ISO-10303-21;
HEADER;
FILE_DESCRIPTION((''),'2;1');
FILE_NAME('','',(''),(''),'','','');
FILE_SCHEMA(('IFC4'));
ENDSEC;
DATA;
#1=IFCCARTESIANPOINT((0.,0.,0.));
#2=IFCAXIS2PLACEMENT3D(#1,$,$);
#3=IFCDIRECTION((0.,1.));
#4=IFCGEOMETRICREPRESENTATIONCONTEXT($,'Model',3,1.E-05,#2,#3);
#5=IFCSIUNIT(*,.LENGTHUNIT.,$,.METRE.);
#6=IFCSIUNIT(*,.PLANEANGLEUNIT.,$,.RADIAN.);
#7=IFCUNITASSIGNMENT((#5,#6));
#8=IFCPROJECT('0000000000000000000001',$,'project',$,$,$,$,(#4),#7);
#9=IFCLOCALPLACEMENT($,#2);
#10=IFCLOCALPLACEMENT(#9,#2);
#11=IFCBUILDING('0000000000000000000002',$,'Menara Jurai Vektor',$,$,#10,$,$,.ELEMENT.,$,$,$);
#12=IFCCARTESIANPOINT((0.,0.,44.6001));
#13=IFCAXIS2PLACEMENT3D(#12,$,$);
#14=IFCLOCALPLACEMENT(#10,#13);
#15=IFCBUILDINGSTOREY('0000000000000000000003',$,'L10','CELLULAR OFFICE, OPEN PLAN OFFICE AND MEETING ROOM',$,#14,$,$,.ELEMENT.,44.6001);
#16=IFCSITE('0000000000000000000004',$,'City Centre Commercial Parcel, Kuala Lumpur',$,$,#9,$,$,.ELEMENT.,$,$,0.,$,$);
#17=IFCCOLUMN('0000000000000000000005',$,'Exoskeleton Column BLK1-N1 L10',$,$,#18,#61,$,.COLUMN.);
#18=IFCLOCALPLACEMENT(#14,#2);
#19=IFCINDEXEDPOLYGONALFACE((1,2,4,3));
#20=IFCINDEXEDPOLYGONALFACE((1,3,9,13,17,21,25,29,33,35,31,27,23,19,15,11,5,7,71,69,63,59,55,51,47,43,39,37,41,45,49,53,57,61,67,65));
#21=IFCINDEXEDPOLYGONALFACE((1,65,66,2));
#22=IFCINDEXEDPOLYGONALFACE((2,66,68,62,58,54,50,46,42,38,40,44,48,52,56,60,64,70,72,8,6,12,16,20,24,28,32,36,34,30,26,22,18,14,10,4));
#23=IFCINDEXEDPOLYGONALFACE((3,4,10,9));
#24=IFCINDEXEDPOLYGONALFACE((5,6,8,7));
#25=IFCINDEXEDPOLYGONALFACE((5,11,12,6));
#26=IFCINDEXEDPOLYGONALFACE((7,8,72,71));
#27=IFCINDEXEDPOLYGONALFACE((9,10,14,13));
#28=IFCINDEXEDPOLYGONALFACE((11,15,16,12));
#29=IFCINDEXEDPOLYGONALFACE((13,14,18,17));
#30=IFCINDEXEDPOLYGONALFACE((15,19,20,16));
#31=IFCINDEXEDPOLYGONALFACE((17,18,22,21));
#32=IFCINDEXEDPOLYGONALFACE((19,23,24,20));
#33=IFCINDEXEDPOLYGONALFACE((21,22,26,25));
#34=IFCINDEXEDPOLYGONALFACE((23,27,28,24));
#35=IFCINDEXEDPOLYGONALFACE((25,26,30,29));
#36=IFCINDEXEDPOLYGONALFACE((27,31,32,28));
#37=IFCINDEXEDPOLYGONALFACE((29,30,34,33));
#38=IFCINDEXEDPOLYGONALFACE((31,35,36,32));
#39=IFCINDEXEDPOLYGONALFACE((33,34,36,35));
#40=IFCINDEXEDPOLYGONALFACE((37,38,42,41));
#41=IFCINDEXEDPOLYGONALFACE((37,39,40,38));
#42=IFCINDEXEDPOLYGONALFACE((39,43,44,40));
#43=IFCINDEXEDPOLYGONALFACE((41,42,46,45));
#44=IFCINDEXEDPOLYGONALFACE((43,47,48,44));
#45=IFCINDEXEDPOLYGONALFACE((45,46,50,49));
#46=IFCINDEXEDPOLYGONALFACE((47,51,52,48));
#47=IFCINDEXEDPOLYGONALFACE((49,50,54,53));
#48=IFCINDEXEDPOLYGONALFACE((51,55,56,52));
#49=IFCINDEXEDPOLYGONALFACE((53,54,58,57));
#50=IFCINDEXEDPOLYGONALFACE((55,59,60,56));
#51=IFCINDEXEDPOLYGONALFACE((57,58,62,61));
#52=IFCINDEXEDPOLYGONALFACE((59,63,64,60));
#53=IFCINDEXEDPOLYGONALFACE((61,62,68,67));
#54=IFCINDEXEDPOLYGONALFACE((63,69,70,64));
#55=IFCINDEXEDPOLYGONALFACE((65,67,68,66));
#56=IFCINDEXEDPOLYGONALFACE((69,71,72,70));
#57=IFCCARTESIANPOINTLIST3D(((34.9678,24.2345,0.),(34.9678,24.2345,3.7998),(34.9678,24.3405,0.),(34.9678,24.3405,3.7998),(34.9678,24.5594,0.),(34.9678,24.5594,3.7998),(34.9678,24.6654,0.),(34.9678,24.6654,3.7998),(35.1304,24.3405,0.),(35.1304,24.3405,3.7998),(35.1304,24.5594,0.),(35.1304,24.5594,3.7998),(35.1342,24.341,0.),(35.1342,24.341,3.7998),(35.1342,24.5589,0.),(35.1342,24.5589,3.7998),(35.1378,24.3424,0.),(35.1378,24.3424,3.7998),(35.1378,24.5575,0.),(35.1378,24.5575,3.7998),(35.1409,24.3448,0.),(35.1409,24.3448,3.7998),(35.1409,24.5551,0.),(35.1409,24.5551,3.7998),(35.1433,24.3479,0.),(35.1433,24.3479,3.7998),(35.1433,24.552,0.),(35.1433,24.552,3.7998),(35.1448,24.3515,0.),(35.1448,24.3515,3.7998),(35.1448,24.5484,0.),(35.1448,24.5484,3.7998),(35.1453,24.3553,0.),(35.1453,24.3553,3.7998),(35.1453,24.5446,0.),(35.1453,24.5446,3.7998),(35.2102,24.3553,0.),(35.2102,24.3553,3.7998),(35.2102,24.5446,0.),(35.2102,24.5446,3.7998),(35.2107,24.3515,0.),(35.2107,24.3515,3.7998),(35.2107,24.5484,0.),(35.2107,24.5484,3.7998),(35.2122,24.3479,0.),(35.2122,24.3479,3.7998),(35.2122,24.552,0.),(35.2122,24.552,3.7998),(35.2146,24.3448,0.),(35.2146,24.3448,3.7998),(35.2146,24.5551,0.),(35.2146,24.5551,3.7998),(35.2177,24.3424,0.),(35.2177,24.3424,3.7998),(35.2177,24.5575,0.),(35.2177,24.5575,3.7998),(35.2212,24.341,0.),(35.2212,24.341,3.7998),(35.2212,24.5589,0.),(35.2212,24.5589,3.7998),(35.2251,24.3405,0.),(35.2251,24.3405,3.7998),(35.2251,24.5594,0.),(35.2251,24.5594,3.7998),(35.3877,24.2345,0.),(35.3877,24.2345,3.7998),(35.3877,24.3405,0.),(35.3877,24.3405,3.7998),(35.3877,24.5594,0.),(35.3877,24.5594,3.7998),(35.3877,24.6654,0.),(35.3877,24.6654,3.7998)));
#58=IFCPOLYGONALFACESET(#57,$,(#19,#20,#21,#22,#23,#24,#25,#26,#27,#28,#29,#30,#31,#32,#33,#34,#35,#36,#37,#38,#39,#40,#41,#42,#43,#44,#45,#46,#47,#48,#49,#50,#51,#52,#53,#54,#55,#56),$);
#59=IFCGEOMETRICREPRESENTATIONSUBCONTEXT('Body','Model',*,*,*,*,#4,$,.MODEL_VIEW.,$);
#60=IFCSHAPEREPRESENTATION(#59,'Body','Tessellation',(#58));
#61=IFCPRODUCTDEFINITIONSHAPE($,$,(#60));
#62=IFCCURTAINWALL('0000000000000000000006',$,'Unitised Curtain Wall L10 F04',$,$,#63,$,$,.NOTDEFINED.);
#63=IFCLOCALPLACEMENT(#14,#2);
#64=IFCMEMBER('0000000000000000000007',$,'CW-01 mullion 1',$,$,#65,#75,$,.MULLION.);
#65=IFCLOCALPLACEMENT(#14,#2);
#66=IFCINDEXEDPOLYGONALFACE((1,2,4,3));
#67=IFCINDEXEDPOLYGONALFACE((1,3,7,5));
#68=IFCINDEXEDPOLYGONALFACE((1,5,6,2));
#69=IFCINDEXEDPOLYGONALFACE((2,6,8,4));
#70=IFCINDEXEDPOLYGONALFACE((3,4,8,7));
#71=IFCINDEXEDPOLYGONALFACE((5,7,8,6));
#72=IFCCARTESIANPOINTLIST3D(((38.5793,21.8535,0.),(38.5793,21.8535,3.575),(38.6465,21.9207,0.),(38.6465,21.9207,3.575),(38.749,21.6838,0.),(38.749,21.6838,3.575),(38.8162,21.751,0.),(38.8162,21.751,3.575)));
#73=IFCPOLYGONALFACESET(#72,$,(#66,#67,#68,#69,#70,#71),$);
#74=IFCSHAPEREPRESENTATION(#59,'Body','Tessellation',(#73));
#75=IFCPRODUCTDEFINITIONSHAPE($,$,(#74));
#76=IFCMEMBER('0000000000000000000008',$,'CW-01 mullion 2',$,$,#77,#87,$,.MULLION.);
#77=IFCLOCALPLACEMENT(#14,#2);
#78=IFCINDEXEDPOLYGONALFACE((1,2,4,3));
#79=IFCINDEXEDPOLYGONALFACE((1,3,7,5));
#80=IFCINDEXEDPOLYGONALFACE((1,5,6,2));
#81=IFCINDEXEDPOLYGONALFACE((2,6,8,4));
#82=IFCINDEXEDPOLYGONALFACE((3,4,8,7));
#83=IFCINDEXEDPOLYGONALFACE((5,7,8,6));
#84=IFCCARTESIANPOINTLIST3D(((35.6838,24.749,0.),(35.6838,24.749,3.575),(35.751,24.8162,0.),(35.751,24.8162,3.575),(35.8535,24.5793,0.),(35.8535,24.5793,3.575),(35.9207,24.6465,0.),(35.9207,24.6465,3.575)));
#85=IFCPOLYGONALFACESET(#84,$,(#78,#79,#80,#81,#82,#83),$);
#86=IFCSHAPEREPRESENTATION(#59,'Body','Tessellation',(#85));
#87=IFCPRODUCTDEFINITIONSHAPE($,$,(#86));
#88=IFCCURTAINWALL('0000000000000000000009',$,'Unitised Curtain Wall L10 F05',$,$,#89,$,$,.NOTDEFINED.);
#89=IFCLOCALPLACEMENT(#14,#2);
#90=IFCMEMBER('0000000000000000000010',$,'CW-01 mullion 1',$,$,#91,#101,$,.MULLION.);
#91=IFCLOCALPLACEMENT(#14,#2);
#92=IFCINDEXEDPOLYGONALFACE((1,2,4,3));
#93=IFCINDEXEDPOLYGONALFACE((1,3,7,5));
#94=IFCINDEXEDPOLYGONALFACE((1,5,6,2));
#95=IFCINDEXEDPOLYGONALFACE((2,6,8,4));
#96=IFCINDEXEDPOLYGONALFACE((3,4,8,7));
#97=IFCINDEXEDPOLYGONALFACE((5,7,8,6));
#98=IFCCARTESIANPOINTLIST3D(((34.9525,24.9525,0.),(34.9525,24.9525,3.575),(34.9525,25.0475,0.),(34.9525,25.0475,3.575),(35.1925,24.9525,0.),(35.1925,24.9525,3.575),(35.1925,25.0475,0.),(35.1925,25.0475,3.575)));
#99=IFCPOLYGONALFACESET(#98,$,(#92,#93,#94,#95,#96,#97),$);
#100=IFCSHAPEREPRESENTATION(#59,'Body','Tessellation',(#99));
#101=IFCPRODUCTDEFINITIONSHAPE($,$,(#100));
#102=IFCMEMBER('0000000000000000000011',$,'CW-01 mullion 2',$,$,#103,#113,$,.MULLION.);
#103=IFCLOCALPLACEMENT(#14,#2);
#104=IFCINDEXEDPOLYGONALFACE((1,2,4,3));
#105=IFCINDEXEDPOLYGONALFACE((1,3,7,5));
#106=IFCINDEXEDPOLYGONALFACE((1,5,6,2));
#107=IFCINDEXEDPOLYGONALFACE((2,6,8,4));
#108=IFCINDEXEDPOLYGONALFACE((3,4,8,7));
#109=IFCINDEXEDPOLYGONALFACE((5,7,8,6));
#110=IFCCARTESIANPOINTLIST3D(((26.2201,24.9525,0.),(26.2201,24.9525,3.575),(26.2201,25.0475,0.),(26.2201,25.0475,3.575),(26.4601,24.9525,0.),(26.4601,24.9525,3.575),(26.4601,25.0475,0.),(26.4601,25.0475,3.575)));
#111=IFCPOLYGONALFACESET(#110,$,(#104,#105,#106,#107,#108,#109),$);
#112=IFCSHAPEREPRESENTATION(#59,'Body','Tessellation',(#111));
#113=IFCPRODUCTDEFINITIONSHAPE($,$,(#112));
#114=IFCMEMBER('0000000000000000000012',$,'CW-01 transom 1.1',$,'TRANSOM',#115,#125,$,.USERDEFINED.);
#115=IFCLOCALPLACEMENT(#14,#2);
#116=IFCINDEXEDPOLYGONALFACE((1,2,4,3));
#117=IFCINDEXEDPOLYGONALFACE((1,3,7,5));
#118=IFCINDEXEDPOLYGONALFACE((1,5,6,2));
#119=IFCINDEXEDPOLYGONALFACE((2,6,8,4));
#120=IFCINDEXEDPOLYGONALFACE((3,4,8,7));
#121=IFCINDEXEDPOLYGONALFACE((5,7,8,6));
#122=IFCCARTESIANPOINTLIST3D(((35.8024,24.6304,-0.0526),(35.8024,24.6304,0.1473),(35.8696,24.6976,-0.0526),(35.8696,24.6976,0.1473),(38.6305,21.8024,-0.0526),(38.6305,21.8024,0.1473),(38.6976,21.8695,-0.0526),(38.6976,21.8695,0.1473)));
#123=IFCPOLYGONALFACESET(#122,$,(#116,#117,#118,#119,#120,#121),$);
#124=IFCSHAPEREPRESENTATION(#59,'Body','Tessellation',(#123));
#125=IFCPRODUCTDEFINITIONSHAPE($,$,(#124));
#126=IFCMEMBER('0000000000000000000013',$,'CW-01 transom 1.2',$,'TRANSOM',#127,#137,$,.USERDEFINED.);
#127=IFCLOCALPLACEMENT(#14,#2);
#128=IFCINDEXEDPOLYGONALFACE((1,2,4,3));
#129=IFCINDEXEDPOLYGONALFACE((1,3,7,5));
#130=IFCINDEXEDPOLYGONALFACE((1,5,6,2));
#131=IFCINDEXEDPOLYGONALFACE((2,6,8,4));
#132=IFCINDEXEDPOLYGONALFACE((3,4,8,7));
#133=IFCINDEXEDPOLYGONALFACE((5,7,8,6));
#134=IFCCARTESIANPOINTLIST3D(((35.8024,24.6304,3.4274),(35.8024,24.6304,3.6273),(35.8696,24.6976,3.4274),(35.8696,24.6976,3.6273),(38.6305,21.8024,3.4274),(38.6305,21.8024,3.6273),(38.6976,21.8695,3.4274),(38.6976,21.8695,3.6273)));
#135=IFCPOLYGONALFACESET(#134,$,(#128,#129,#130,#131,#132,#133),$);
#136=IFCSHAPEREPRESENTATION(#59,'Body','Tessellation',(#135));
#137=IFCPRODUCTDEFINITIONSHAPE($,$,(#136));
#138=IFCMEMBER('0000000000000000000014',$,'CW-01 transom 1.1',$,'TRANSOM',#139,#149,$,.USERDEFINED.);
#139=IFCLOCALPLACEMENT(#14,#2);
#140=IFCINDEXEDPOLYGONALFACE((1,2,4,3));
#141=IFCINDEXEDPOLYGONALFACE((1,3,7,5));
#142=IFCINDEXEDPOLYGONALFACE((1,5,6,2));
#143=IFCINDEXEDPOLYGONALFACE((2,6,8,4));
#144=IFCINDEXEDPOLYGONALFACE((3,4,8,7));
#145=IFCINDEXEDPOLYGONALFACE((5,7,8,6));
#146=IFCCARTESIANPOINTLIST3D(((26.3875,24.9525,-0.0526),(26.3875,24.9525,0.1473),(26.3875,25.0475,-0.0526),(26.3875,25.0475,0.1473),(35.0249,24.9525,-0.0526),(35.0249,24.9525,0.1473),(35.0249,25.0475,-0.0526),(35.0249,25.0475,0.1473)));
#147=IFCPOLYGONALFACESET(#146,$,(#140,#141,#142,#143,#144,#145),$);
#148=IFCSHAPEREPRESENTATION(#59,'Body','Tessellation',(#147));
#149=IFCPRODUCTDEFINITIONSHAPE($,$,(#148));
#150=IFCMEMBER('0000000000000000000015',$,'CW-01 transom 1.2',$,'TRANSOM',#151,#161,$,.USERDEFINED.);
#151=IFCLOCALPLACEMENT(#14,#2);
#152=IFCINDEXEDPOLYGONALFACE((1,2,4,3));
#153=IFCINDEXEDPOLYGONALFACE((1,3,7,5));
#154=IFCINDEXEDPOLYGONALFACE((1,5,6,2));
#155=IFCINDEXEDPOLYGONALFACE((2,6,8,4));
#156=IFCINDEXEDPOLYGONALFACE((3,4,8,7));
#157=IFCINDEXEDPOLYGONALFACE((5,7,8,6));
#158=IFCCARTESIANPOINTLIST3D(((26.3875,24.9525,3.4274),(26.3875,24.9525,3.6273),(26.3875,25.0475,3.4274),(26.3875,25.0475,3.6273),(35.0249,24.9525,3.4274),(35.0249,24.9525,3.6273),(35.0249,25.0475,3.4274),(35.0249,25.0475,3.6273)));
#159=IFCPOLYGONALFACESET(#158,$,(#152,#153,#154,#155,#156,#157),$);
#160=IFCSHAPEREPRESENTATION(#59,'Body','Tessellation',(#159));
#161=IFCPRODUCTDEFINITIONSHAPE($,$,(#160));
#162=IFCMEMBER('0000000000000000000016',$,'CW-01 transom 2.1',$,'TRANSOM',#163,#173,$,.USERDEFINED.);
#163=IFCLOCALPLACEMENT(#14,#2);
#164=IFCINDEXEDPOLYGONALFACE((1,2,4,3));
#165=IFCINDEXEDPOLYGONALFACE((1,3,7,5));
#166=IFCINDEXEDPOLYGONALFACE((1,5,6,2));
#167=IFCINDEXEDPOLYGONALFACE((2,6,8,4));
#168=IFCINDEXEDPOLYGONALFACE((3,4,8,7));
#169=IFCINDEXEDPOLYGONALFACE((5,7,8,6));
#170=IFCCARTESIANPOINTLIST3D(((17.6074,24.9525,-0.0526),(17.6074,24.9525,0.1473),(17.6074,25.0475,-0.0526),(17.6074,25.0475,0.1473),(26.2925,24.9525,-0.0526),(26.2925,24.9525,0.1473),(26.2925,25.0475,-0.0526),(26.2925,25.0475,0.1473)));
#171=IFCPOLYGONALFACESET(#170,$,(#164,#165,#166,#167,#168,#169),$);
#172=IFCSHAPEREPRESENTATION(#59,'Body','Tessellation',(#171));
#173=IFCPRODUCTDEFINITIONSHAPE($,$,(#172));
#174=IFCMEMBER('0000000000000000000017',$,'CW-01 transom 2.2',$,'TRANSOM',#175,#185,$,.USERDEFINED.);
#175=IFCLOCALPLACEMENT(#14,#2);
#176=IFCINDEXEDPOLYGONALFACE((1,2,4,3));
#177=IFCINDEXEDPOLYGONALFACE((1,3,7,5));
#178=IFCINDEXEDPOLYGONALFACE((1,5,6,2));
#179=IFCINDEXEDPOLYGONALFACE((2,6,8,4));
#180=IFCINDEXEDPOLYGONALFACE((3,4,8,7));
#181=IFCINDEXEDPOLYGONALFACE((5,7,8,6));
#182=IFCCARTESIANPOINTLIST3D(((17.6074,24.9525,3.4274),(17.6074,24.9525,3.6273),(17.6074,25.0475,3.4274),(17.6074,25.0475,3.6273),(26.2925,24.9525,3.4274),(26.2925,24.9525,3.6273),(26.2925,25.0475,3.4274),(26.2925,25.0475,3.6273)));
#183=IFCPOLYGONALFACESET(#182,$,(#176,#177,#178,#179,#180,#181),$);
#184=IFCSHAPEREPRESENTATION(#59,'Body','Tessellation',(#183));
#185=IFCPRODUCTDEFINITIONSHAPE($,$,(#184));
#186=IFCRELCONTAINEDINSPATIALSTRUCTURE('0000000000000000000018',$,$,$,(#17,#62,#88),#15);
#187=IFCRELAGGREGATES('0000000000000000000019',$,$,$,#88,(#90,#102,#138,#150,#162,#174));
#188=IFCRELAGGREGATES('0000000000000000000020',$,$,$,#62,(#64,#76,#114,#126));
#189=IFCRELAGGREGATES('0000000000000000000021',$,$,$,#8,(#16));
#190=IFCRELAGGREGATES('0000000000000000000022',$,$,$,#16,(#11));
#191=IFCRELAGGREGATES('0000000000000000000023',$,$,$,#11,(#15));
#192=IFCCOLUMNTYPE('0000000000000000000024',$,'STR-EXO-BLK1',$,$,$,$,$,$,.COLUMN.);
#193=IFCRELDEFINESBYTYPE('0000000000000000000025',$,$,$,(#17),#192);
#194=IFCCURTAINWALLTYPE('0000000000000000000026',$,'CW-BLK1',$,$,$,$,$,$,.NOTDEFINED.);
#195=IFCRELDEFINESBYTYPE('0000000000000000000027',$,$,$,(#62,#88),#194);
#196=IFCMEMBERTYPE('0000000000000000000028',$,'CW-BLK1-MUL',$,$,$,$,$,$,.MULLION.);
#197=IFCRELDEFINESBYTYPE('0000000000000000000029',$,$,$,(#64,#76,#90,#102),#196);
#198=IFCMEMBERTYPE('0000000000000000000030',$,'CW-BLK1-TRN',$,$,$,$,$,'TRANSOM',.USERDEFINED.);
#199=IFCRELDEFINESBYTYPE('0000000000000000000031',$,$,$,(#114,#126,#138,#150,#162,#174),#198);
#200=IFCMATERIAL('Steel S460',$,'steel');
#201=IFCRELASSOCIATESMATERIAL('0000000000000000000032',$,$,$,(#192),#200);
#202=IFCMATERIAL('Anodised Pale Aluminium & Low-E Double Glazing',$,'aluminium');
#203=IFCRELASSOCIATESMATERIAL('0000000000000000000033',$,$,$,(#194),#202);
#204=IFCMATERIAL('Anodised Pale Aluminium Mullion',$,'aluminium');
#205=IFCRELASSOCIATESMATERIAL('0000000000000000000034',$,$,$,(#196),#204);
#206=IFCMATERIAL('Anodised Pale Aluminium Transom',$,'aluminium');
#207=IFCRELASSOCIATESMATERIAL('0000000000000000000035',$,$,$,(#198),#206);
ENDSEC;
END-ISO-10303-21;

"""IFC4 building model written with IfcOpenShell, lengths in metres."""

from ifc_helpers import new_model, si_unit, direction, frame, origin, origin_2d, place, context, subcontext, project, spatial, rectangle, i_section, extrude, material, material_profile, profile_set, type_object, element, aggregate, save


model = new_model("IFC4")

# Units and contexts
model_context = context("Model", 3, precision=1e-05, world=origin(), true_north=direction((0.0, 1.0)))
body_context = subcontext(model_context, "Body", "Model", "MODEL_VIEW")
ifc_project = project(units=[si_unit("LENGTHUNIT", "METRE"), si_unit("PLANEANGLEUNIT", "RADIAN")], contexts=[model_context])

# Site, building, storey
site_placement = place(None, origin())
site = spatial("IfcSite", under=ifc_project, at=site_placement, Name="City Centre Commercial Parcel, Kuala Lumpur", CompositionType="ELEMENT", RefElevation=0.0)
building_placement = place(site_placement, origin())
building = spatial("IfcBuilding", under=site, at=building_placement, Name="Menara Jurai Vektor", CompositionType="ELEMENT")
storey_placement = place(building_placement, frame((0.0, 0.0, 44.6001)))
storey = spatial("IfcBuildingStorey", under=building, at=storey_placement, Name="L10", Description="CELLULAR OFFICE, OPEN PLAN OFFICE AND MEETING ROOM", CompositionType="ELEMENT", Elevation=44.6001)

# Column
ifc_material_1 = material(Name="Steel S460", Category="steel")
ifc_material_profile_1 = material_profile(ifc_material_1, i_section(OverallWidth=0.4199, OverallDepth=0.4309, WebThickness=0.0649, FlangeThickness=0.106, FilletRadius=0.0149, at=origin_2d()), Name="HD 400x900")
ifc_profile_set_1 = profile_set([ifc_material_profile_1], Name="Steel S460")
column_type = type_object("IfcColumnType", Name="STR-EXO-BLK1", PredefinedType="COLUMN", material=ifc_profile_set_1)
column_placement = place(storey_placement, frame((35.1777, 24.45, 0.0), z_axis=(0.0, 0.0, 1.0), x_axis=(1.0, 0.0, 0.0)))
element("IfcColumn", 1, at=column_placement, inside=storey, type_object=column_type, Name="Exoskeleton Column BLK1-N1 L10", PredefinedType="COLUMN", context=body_context, shape_type="SweptSolid", body=[
    extrude(i_section(OverallWidth=0.4199, OverallDepth=0.4309, WebThickness=0.0649, FlangeThickness=0.106, FilletRadius=0.0149, at=origin_2d()), origin(), (0.0, 0.0, 1.0), 3.7998),
])

# Curtain walls, members
ifc_material_2 = material(Name="Anodised Pale Aluminium & Low-E Double Glazing", Category="aluminium")
curtain_wall_type = type_object("IfcCurtainWallType", Name="CW-BLK1", PredefinedType="NOTDEFINED", material=ifc_material_2)
curtain_wall_1_placement = place(storey_placement, origin())
curtain_wall_1 = element("IfcCurtainWall", 2, at=curtain_wall_1_placement, inside=storey, type_object=curtain_wall_type, Name="Unitised Curtain Wall L10 F04", PredefinedType="NOTDEFINED")
ifc_material_3 = material(Name="Anodised Pale Aluminium Mullion", Category="aluminium")
ifc_material_profile_2 = material_profile(ifc_material_3, rectangle(XDim=0.095, YDim=0.24, at=origin_2d()), Name="ALU MUL 95x240")
ifc_profile_set_2 = profile_set([ifc_material_profile_2], Name="Anodised Pale Aluminium Mullion")
member_type_1 = type_object("IfcMemberType", Name="CW-BLK1-MUL", PredefinedType="MULLION", material=ifc_profile_set_2)
member_1_placement = place(storey_placement, frame((38.6978, 21.8022, 0.0), z_axis=(0.0, 0.0, 1.0), x_axis=(-0.707107, -0.707107, 0.0)))
member_1 = element("IfcMember", 3, at=member_1_placement, type_object=member_type_1, Name="CW-01 mullion 1", PredefinedType="MULLION", context=body_context, shape_type="SweptSolid", body=[
    extrude(rectangle(XDim=0.095, YDim=0.24, at=origin_2d()), origin(), (0.0, 0.0, 1.0), 3.575),
])
member_2_placement = place(storey_placement, frame((35.8022, 24.6978, 0.0), z_axis=(0.0, 0.0, 1.0), x_axis=(-0.707107, -0.707107, 0.0)))
member_2 = element("IfcMember", 4, at=member_2_placement, type_object=member_type_1, Name="CW-01 mullion 2", PredefinedType="MULLION", context=body_context, shape_type="SweptSolid", body=[
    extrude(rectangle(XDim=0.095, YDim=0.24, at=origin_2d()), origin(), (0.0, 0.0, 1.0), 3.575),
])
curtain_wall_2_placement = place(storey_placement, origin())
curtain_wall_2 = element("IfcCurtainWall", 5, at=curtain_wall_2_placement, inside=storey, type_object=curtain_wall_type, Name="Unitised Curtain Wall L10 F05", PredefinedType="NOTDEFINED")
member_3_placement = place(storey_placement, frame((35.0725, 25.0, 0.0), z_axis=(0.0, 0.0, 1.0), x_axis=(0.0, -1.0, 0.0)))
member_3 = element("IfcMember", 6, at=member_3_placement, type_object=member_type_1, Name="CW-01 mullion 1", PredefinedType="MULLION", context=body_context, shape_type="SweptSolid", body=[
    extrude(rectangle(XDim=0.095, YDim=0.24, at=origin_2d()), origin(), (0.0, 0.0, 1.0), 3.575),
])
member_4_placement = place(storey_placement, frame((26.3401, 25.0, 0.0), z_axis=(0.0, 0.0, 1.0), x_axis=(0.0, -1.0, 0.0)))
member_4 = element("IfcMember", 7, at=member_4_placement, type_object=member_type_1, Name="CW-01 mullion 2", PredefinedType="MULLION", context=body_context, shape_type="SweptSolid", body=[
    extrude(rectangle(XDim=0.095, YDim=0.24, at=origin_2d()), origin(), (0.0, 0.0, 1.0), 3.575),
])

# Members
ifc_material_4 = material(Name="Anodised Pale Aluminium Transom", Category="aluminium")
ifc_material_profile_3 = material_profile(ifc_material_4, rectangle(XDim=0.095, YDim=0.2, at=origin_2d()), Name="ALU TRN 95x200")
ifc_profile_set_3 = profile_set([ifc_material_profile_3], Name="Anodised Pale Aluminium Transom")
member_type_2 = type_object("IfcMemberType", Name="CW-BLK1-TRN", ElementType="TRANSOM", PredefinedType="USERDEFINED", material=ifc_profile_set_3)
member_5_placement = place(storey_placement, frame((38.6641, 21.8359, 0.0474), z_axis=(-0.707107, 0.707107, 0.0), x_axis=(-0.707107, -0.707107, 0.0)))
member_5 = element("IfcMember", 8, at=member_5_placement, type_object=member_type_2, Name="CW-01 transom 1.1", ObjectType="TRANSOM", PredefinedType="USERDEFINED", context=body_context, shape_type="SweptSolid", body=[
    extrude(rectangle(XDim=0.095, YDim=0.2, at=origin_2d()), origin(), (0.0, 0.0, 1.0), 3.9995),
])
member_6_placement = place(storey_placement, frame((38.6641, 21.8359, 3.5273), z_axis=(-0.707107, 0.707107, 0.0), x_axis=(-0.707107, -0.707107, 0.0)))
member_6 = element("IfcMember", 9, at=member_6_placement, type_object=member_type_2, Name="CW-01 transom 1.2", ObjectType="TRANSOM", PredefinedType="USERDEFINED", context=body_context, shape_type="SweptSolid", body=[
    extrude(rectangle(XDim=0.095, YDim=0.2, at=origin_2d()), origin(), (0.0, 0.0, 1.0), 3.9995),
])
member_7_placement = place(storey_placement, frame((35.0249, 25.0, 0.0474), z_axis=(-1.0, 0.0, 0.0), x_axis=(0.0, -1.0, 0.0)))
member_7 = element("IfcMember", 10, at=member_7_placement, type_object=member_type_2, Name="CW-01 transom 1.1", ObjectType="TRANSOM", PredefinedType="USERDEFINED", context=body_context, shape_type="SweptSolid", body=[
    extrude(rectangle(XDim=0.095, YDim=0.2, at=origin_2d()), origin(), (0.0, 0.0, 1.0), 8.6375),
])
member_8_placement = place(storey_placement, frame((35.0249, 25.0, 3.5273), z_axis=(-1.0, 0.0, 0.0), x_axis=(0.0, -1.0, 0.0)))
member_8 = element("IfcMember", 11, at=member_8_placement, type_object=member_type_2, Name="CW-01 transom 1.2", ObjectType="TRANSOM", PredefinedType="USERDEFINED", context=body_context, shape_type="SweptSolid", body=[
    extrude(rectangle(XDim=0.095, YDim=0.2, at=origin_2d()), origin(), (0.0, 0.0, 1.0), 8.6375),
])
member_9_placement = place(storey_placement, frame((26.2925, 25.0, 0.0474), z_axis=(-1.0, 0.0, 0.0), x_axis=(0.0, -1.0, 0.0)))
member_9 = element("IfcMember", 12, at=member_9_placement, type_object=member_type_2, Name="CW-01 transom 2.1", ObjectType="TRANSOM", PredefinedType="USERDEFINED", context=body_context, shape_type="SweptSolid", body=[
    extrude(rectangle(XDim=0.095, YDim=0.2, at=origin_2d()), origin(), (0.0, 0.0, 1.0), 8.6851),
])
member_10_placement = place(storey_placement, frame((26.2925, 25.0, 3.5273), z_axis=(-1.0, 0.0, 0.0), x_axis=(0.0, -1.0, 0.0)))
member_10 = element("IfcMember", 13, at=member_10_placement, type_object=member_type_2, Name="CW-01 transom 2.2", ObjectType="TRANSOM", PredefinedType="USERDEFINED", context=body_context, shape_type="SweptSolid", body=[
    extrude(rectangle(XDim=0.095, YDim=0.2, at=origin_2d()), origin(), (0.0, 0.0, 1.0), 8.6851),
])

aggregate(curtain_wall_2, [member_3, member_4, member_7, member_8, member_9, member_10])
aggregate(curtain_wall_1, [member_1, member_2, member_5, member_6])

save(model, "model.ifc")
